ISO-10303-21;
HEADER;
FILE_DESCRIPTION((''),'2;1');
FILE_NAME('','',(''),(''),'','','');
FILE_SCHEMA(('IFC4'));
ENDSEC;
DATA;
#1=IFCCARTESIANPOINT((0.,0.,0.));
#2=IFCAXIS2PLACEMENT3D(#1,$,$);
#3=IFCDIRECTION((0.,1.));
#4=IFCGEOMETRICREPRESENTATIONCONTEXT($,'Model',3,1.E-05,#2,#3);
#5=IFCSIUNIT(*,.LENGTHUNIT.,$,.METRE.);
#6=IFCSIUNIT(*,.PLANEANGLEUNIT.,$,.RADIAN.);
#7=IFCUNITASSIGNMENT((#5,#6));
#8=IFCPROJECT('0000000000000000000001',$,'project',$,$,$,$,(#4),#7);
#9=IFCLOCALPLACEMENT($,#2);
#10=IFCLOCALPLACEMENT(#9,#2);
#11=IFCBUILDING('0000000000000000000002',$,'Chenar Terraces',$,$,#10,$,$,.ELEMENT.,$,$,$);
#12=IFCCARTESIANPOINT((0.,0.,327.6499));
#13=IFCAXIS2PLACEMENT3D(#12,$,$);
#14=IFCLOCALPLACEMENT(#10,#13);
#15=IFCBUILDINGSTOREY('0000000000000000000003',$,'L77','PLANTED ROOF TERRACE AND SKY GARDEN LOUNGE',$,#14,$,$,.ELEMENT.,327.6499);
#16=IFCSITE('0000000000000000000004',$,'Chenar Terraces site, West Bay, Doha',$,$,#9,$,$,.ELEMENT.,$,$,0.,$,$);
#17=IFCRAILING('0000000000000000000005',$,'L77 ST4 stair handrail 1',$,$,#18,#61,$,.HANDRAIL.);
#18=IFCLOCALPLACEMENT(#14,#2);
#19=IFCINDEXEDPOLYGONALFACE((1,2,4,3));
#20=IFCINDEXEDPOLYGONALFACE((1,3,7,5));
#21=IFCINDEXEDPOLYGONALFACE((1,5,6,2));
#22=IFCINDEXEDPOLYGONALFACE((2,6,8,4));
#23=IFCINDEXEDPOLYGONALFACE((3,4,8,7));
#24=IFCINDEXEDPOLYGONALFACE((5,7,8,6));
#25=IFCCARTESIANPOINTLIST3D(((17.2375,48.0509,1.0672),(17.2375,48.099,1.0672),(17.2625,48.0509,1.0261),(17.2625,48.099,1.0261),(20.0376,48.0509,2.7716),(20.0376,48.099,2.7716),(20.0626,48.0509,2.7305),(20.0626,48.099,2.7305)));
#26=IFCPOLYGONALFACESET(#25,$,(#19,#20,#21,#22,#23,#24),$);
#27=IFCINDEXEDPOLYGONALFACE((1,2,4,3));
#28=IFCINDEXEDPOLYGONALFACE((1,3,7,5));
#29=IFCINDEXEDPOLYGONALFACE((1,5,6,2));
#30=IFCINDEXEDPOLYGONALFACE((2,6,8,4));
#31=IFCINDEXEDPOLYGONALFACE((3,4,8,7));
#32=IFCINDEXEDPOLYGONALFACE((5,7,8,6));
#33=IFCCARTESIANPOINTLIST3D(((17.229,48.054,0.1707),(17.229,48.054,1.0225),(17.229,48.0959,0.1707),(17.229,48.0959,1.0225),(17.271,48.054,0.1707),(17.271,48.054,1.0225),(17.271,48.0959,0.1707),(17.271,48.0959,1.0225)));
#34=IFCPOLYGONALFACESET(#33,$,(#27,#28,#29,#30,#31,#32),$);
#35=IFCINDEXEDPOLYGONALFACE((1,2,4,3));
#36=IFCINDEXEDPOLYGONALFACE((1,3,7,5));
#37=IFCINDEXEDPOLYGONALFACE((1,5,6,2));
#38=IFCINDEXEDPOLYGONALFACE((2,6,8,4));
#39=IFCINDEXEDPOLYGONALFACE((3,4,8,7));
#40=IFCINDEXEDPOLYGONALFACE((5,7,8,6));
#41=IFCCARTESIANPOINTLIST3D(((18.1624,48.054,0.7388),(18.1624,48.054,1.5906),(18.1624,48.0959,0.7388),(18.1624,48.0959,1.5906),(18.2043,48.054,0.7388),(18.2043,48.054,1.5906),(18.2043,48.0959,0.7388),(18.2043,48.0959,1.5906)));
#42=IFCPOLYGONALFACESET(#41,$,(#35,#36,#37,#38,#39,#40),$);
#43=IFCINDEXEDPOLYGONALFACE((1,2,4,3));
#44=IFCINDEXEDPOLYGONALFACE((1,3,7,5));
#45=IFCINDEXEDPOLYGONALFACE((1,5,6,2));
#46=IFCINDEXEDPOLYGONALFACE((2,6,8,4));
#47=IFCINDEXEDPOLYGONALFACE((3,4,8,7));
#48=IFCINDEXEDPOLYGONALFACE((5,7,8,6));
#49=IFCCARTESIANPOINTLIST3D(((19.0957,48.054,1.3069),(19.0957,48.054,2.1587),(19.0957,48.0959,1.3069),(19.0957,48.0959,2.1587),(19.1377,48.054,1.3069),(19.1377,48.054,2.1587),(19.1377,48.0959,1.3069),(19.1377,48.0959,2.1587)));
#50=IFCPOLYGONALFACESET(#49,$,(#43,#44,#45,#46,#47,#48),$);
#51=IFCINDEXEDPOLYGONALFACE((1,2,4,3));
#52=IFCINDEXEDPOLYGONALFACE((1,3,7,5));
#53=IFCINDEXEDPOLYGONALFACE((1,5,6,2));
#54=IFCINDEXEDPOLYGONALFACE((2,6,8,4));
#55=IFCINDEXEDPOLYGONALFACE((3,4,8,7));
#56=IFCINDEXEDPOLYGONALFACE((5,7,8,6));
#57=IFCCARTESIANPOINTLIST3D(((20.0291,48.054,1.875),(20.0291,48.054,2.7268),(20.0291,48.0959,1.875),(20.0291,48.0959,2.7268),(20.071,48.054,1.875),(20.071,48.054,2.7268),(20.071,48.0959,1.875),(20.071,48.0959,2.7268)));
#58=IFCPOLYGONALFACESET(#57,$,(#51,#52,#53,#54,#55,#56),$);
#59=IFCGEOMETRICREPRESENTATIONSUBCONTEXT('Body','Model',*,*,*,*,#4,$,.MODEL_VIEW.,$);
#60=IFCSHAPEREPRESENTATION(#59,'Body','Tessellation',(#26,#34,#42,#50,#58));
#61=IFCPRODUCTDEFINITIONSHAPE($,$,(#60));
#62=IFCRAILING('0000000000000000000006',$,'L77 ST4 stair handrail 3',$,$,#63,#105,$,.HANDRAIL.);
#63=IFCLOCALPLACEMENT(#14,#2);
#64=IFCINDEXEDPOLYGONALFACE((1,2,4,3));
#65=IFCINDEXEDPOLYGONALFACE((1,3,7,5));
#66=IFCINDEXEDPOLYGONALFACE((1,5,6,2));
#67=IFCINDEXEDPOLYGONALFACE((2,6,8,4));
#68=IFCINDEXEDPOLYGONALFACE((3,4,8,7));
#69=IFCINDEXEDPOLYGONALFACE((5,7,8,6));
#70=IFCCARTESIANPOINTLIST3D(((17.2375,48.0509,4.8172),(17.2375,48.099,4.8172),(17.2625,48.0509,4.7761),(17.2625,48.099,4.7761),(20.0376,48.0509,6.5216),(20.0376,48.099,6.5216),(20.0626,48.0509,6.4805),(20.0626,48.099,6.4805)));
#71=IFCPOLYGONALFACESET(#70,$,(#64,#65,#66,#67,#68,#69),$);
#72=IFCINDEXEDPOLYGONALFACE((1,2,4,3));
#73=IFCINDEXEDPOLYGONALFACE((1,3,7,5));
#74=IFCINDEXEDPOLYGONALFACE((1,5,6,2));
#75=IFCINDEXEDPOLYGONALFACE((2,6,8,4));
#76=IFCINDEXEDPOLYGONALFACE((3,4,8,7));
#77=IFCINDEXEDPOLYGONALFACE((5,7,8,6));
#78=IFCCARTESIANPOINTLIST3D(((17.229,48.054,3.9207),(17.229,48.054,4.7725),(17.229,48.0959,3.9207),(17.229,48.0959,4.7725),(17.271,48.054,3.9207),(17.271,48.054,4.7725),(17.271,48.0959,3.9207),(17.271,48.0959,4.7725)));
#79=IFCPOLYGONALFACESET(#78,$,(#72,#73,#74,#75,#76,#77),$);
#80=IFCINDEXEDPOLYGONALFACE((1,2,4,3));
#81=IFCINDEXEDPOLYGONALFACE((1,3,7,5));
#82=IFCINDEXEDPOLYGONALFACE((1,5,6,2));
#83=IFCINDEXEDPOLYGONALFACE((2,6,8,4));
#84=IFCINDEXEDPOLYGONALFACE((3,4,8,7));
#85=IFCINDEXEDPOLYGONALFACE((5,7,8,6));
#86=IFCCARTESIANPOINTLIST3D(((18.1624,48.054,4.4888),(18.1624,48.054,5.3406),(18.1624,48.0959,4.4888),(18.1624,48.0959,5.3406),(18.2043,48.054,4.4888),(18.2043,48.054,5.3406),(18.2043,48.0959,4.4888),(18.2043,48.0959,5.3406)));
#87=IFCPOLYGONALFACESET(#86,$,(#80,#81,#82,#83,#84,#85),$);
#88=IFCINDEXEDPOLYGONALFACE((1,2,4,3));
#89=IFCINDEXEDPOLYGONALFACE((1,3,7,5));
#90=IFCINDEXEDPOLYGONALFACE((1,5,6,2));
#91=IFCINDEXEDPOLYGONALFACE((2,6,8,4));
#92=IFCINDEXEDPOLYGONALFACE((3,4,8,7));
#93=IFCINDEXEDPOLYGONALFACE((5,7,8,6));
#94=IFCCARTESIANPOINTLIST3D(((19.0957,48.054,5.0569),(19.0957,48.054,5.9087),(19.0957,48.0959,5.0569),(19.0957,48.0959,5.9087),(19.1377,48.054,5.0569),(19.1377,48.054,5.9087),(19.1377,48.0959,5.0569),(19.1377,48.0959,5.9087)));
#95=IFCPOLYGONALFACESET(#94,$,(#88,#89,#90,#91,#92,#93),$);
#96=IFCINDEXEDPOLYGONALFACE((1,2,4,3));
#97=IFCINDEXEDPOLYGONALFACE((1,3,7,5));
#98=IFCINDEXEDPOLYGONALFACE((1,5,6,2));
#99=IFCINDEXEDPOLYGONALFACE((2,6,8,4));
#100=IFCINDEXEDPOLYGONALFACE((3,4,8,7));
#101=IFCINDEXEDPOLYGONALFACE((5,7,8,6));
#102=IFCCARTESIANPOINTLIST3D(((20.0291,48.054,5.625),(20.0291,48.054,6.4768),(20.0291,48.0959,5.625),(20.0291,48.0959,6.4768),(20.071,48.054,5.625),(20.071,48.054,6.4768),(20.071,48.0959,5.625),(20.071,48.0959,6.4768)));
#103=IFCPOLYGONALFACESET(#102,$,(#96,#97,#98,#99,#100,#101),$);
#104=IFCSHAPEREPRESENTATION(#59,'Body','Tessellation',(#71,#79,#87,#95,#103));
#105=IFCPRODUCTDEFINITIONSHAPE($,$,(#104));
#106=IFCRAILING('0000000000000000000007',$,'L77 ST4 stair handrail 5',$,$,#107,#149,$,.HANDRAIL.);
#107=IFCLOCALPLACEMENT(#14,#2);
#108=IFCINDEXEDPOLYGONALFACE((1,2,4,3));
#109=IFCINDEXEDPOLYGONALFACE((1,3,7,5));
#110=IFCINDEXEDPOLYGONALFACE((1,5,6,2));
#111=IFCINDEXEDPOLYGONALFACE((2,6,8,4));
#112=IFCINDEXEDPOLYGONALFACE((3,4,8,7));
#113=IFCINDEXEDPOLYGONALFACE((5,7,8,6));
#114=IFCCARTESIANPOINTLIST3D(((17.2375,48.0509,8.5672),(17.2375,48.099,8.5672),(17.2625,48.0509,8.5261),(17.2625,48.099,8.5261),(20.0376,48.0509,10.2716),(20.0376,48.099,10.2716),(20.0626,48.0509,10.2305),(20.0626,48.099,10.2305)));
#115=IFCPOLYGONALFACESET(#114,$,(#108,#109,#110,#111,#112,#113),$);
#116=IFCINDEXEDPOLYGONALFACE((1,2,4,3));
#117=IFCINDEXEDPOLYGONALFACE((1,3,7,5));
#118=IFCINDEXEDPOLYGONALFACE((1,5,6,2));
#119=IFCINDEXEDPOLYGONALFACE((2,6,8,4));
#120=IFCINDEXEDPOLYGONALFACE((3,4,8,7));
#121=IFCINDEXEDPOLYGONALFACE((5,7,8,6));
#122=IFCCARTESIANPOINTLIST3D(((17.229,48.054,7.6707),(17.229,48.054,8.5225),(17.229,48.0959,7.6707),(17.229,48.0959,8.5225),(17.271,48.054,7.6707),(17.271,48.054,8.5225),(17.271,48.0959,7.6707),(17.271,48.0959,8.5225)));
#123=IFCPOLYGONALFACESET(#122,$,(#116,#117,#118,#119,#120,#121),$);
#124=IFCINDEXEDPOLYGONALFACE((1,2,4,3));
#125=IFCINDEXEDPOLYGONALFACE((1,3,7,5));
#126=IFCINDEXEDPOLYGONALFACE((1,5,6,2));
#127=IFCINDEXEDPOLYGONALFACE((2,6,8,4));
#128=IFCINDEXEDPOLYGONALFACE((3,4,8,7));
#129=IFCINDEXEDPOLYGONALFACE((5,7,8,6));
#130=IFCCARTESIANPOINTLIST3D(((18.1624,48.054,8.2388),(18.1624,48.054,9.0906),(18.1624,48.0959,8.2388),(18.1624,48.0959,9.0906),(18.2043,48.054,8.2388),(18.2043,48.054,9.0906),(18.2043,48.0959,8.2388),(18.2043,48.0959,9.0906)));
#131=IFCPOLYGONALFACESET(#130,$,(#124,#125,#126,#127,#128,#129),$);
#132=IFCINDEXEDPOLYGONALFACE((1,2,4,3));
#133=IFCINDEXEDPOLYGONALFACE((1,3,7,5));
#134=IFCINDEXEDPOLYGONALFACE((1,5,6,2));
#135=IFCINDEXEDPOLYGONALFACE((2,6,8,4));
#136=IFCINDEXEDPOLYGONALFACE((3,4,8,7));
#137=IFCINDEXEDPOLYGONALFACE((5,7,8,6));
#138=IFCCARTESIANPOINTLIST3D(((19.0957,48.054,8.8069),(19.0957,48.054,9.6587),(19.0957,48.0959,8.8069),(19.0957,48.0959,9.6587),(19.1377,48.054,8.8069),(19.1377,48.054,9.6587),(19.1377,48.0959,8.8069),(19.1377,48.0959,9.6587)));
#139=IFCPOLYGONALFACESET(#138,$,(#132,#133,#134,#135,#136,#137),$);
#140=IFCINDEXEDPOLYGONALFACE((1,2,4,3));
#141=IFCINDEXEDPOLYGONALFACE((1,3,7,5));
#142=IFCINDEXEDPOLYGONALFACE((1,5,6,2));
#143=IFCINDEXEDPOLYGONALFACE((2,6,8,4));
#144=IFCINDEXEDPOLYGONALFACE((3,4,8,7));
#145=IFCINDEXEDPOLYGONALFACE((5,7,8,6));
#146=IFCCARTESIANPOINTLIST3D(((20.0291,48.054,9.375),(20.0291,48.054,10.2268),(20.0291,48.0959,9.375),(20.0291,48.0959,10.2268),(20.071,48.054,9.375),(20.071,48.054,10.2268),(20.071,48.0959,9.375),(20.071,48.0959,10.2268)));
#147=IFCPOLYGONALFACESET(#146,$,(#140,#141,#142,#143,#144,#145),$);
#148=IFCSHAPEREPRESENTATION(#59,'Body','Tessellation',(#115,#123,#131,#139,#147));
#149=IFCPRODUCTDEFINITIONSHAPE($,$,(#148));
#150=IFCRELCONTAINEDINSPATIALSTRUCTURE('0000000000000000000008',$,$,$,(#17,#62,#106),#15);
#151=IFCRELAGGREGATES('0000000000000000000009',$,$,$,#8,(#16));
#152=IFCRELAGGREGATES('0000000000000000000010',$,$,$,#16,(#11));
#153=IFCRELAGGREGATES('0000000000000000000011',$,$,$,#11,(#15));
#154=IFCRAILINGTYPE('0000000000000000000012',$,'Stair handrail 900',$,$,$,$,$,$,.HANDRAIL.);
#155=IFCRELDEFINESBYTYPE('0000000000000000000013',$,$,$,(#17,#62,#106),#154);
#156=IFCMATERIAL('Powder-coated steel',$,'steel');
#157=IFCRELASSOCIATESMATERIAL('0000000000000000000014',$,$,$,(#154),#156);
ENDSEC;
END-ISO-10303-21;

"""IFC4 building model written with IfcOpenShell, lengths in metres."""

from ifc_helpers import new_model, si_unit, direction, frame, origin, origin_2d, place, context, subcontext, project, spatial, rectangle, extrude, material, type_object, element, save


model = new_model("IFC4")

# Units and contexts
model_context = context("Model", 3, precision=1e-05, world=origin(), true_north=direction((0.0, 1.0)))
body_context = subcontext(model_context, "Body", "Model", "MODEL_VIEW")
ifc_project = project(units=[si_unit("LENGTHUNIT", "METRE"), si_unit("PLANEANGLEUNIT", "RADIAN")], contexts=[model_context])

# Site, building, storey
site_placement = place(None, origin())
site = spatial("IfcSite", under=ifc_project, at=site_placement, Name="Chenar Terraces site, West Bay, Doha", CompositionType="ELEMENT", RefElevation=0.0)
building_placement = place(site_placement, origin())
building = spatial("IfcBuilding", under=site, at=building_placement, Name="Chenar Terraces", CompositionType="ELEMENT")
storey_placement = place(building_placement, frame((0.0, 0.0, 327.6499)))
storey = spatial("IfcBuildingStorey", under=building, at=storey_placement, Name="L77", Description="PLANTED ROOF TERRACE AND SKY GARDEN LOUNGE", CompositionType="ELEMENT", Elevation=327.6499)

# Railings
ifc_material_1 = material(Name="Powder-coated steel", Category="steel")
railing_type_1 = type_object("IfcRailingType", Name="Stair handrail 900", PredefinedType="HANDRAIL", material=ifc_material_1)
for number, where, name in (
    (1, (17.25, 48.075, 0.1707), "L77 ST4 stair handrail 1"),
    (2, (17.25, 48.075, 3.9207), "L77 ST4 stair handrail 3"),
    (3, (17.25, 48.075, 7.6707), "L77 ST4 stair handrail 5"),
):
    element("IfcRailing", number, at=place(storey_placement, frame(where)), inside=storey, type_object=railing_type_1, Name=name, PredefinedType="HANDRAIL", context=body_context, shape_type="SweptSolid", body=[
        extrude(rectangle(XDim=0.0481, YDim=0.0481, at=origin_2d()), frame((0.0, 0.0, 0.876), z_axis=(0.854203, 0.0, 0.51994), x_axis=(0.0, 1.0, 0.0)), (0.0, 0.0, 1.0), 3.2781),
        extrude(rectangle(XDim=0.042, YDim=0.042, at=origin_2d()), origin(), (0.0, 0.0, 1.0), 0.8518),
        extrude(rectangle(XDim=0.042, YDim=0.042, at=origin_2d()), frame((0.9333, 0.0, 0.5681)), (0.0, 0.0, 1.0), 0.8518),
        extrude(rectangle(XDim=0.042, YDim=0.042, at=origin_2d()), frame((1.8667, 0.0, 1.1362)), (0.0, 0.0, 1.0), 0.8518),
        extrude(rectangle(XDim=0.042, YDim=0.042, at=origin_2d()), frame((2.8, 0.0, 1.7043)), (0.0, 0.0, 1.0), 0.8518),
    ])

save(model, "model.ifc")
